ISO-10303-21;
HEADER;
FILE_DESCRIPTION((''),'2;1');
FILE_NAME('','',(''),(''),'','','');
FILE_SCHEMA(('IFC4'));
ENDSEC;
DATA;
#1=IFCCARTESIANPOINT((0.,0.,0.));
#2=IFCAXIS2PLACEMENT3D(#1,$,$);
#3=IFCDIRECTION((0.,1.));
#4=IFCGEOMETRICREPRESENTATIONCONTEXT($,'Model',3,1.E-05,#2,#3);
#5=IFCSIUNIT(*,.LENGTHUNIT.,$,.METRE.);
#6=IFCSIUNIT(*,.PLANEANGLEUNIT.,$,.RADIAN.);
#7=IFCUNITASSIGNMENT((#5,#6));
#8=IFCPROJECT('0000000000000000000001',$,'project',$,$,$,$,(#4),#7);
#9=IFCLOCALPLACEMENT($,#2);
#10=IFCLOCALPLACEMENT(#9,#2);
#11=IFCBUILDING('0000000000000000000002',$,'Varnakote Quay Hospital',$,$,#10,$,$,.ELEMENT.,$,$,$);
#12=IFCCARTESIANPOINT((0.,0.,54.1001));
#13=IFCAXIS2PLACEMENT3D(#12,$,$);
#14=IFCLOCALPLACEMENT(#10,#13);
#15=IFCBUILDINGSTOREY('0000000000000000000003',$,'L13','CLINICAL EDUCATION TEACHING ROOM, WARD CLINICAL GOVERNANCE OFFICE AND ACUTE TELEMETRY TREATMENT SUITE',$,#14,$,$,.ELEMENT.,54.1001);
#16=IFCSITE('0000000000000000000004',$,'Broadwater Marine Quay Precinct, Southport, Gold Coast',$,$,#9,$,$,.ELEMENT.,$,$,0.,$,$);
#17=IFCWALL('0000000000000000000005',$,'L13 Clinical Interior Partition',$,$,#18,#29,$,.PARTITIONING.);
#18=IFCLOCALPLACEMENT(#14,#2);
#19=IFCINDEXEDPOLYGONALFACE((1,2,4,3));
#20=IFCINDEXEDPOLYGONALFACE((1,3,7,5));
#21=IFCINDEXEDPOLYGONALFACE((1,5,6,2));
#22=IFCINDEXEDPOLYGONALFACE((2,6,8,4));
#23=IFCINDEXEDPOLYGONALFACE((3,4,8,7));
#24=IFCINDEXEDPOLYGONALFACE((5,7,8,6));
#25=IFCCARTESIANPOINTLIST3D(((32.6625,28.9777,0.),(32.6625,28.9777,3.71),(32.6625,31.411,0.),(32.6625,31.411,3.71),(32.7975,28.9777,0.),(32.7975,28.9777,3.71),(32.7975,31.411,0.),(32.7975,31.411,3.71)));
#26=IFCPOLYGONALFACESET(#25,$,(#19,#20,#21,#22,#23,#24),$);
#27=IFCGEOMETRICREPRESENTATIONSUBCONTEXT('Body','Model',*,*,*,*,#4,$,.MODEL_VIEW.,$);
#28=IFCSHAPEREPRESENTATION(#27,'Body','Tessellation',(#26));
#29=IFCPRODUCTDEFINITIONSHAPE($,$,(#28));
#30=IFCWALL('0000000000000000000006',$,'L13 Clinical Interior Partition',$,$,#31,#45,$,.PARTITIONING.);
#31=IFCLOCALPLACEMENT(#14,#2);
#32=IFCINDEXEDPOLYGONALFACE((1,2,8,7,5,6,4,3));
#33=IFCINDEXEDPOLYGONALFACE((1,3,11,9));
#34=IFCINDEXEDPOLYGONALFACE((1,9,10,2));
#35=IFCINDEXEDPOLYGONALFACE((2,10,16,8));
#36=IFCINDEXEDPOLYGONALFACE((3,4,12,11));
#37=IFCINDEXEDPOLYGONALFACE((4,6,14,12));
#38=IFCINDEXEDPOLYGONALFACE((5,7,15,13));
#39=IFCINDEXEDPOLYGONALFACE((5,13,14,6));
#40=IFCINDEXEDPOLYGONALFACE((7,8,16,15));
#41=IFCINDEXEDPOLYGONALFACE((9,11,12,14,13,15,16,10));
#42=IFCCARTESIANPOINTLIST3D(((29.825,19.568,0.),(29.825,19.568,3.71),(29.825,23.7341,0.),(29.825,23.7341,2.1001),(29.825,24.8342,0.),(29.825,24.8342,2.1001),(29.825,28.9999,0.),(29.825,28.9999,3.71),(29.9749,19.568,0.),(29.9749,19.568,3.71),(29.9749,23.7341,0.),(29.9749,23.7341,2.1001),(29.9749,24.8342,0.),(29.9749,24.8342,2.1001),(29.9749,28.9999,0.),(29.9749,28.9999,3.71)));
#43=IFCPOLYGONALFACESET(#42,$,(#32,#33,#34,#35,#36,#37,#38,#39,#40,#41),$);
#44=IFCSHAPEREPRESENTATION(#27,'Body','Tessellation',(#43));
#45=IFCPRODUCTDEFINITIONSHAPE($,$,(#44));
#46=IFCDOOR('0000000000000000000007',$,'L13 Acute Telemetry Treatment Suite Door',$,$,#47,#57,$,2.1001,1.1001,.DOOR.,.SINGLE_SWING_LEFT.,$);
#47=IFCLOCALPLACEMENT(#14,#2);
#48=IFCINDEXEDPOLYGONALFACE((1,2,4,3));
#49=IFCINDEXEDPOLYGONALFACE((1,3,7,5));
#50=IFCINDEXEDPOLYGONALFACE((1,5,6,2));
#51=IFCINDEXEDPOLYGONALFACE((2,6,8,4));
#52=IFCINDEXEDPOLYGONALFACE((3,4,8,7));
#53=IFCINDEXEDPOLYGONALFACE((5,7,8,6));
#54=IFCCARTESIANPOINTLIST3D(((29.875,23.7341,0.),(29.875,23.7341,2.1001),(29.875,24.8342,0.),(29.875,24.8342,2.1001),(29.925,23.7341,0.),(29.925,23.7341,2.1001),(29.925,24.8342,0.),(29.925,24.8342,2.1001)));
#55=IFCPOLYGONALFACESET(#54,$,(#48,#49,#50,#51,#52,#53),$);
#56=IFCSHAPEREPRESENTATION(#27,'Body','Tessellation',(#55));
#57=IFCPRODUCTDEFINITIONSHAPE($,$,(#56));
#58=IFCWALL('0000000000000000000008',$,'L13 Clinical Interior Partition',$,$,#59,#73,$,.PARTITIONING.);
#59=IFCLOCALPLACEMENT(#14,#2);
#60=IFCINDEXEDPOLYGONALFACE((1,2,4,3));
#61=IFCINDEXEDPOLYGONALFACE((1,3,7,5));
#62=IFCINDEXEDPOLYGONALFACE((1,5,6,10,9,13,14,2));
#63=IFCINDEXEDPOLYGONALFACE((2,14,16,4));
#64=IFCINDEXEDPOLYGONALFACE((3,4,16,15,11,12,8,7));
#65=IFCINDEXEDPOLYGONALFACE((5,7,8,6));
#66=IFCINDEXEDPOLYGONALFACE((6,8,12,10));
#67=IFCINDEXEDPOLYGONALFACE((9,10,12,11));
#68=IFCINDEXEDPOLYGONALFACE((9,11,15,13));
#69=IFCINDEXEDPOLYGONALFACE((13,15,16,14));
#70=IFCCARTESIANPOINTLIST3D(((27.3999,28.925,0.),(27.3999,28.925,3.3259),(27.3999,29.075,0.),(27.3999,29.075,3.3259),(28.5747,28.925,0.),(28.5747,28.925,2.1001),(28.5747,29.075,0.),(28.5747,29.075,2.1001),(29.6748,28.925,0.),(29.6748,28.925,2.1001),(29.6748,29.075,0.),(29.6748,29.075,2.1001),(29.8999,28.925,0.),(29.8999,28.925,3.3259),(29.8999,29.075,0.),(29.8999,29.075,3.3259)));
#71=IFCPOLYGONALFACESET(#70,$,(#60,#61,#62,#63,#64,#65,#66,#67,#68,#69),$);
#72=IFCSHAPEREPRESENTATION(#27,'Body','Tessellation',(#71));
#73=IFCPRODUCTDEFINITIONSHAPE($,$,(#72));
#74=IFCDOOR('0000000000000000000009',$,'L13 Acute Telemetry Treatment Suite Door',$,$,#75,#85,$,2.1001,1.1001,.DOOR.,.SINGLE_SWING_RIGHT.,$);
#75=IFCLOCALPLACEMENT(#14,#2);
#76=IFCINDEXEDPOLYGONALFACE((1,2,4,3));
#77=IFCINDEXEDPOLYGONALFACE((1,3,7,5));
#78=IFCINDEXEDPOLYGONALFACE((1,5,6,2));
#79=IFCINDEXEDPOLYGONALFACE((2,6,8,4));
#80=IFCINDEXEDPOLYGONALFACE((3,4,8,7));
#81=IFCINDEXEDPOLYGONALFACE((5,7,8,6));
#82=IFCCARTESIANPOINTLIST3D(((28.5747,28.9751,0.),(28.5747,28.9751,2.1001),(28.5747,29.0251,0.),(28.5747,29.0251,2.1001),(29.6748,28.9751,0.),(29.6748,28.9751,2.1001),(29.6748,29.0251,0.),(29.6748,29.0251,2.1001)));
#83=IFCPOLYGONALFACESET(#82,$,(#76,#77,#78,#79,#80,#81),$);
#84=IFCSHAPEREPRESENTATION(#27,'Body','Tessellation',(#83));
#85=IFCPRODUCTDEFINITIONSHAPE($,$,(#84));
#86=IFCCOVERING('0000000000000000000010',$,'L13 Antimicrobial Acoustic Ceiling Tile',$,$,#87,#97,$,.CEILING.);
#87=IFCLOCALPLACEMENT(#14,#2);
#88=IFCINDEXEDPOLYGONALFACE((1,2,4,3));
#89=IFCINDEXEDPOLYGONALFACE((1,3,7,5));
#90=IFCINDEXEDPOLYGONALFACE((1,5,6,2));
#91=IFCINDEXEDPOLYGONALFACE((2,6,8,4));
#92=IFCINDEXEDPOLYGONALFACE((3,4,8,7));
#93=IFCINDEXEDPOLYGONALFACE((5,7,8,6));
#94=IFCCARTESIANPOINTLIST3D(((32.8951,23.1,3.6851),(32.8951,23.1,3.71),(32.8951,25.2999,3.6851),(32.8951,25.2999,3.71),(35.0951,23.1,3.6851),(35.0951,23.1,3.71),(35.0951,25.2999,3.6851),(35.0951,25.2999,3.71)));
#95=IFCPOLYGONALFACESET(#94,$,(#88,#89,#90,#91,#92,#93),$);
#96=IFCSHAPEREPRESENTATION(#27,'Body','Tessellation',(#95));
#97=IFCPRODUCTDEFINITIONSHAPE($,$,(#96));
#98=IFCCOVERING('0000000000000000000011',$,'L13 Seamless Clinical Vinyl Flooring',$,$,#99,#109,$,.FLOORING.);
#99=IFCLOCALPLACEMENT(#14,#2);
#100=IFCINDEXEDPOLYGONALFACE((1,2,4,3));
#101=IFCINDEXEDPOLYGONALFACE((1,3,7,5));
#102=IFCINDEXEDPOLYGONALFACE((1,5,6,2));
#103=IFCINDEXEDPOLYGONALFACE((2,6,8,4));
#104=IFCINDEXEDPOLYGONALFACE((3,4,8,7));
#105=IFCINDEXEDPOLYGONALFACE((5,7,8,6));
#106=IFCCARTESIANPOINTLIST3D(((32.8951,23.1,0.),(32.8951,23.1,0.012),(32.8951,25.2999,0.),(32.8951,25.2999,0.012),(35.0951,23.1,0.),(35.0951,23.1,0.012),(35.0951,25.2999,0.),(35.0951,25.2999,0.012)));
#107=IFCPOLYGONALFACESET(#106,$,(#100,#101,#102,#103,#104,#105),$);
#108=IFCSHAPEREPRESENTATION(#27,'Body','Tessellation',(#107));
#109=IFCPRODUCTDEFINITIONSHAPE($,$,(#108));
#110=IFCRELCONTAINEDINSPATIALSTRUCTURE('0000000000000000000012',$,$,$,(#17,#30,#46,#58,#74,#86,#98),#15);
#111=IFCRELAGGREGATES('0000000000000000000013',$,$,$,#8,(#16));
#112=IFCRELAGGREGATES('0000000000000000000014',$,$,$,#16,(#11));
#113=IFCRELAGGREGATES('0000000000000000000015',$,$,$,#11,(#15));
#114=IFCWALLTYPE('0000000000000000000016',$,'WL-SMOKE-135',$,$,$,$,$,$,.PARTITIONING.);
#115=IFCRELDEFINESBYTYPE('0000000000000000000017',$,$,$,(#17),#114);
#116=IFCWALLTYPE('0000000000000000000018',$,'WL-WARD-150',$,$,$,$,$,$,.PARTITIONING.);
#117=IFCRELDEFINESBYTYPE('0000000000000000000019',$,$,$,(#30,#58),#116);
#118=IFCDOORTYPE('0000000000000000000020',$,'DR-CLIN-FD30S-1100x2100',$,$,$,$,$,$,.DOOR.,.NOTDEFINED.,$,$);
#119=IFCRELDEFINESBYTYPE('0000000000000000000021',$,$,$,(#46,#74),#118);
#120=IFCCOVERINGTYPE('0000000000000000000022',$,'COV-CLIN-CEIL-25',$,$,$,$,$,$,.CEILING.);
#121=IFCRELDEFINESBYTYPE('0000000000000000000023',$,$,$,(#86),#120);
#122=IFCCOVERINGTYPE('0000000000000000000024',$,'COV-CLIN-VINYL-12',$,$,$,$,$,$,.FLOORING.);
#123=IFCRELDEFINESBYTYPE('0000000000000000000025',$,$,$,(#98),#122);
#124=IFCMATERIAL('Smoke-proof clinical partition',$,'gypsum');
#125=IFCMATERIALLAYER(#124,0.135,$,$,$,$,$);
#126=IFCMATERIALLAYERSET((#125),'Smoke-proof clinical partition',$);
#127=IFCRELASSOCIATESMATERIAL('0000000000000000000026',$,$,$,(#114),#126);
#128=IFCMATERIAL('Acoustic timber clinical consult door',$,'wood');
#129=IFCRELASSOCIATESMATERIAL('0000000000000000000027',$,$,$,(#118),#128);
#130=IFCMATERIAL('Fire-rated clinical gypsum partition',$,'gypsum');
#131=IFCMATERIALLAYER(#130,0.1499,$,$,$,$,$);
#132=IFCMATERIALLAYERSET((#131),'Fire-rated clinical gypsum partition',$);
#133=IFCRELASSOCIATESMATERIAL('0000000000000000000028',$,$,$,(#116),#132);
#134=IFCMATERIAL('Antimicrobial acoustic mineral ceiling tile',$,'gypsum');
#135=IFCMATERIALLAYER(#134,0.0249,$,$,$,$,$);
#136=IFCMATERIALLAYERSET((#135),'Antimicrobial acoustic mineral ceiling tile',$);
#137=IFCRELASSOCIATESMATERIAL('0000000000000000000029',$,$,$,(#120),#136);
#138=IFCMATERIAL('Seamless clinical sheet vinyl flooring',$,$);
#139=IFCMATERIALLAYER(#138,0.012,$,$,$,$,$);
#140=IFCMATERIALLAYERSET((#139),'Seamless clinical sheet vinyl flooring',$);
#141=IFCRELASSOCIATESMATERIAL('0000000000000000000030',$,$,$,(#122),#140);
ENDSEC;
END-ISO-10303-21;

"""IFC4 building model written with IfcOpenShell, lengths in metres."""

from ifc_helpers import new_model, si_unit, direction, frame, frame_2d, origin, origin_2d, place, context, subcontext, project, spatial, rectangle, extrude, material, layer, layer_set, type_object, element, fill, save


model = new_model("IFC4")

# Units and contexts
model_context = context("Model", 3, precision=1e-05, world=origin(), true_north=direction((0.0, 1.0)))
body_context = subcontext(model_context, "Body", "Model", "MODEL_VIEW")
ifc_project = project(units=[si_unit("LENGTHUNIT", "METRE"), si_unit("PLANEANGLEUNIT", "RADIAN")], contexts=[model_context])

# Site, building, storey
site_placement = place(None, origin())
site = spatial("IfcSite", under=ifc_project, at=site_placement, Name="Broadwater Marine Quay Precinct, Southport, Gold Coast", CompositionType="ELEMENT", RefElevation=0.0)
building_placement = place(site_placement, origin())
building = spatial("IfcBuilding", under=site, at=building_placement, Name="Varnakote Quay Hospital", CompositionType="ELEMENT")
storey_placement = place(building_placement, frame((0.0, 0.0, 54.1001)))
storey = spatial("IfcBuildingStorey", under=building, at=storey_placement, Name="L13", Description="CLINICAL EDUCATION TEACHING ROOM, WARD CLINICAL GOVERNANCE OFFICE AND ACUTE TELEMETRY TREATMENT SUITE", CompositionType="ELEMENT", Elevation=54.1001)

# Shared definitions
ifc_material_1 = material(Name="Smoke-proof clinical partition", Category="gypsum")
ifc_layer_1 = layer(ifc_material_1, 0.135)
ifc_layer_set_1 = layer_set([ifc_layer_1], Name="Smoke-proof clinical partition")
wall_type_1 = type_object("IfcWallType", Name="WL-SMOKE-135", PredefinedType="PARTITIONING", material=ifc_layer_set_1)
ifc_material_2 = material(Name="Acoustic timber clinical consult door", Category="wood")
door_type = type_object("IfcDoorType", Name="DR-CLIN-FD30S-1100x2100", OperationType="NOTDEFINED", PredefinedType="DOOR", material=ifc_material_2)

# Wall
wall_1_placement = place(storey_placement, frame((32.73, 28.9775, 0.0), z_axis=(0.0, 0.0, 1.0), x_axis=(0.0, 1.0, 0.0)))
element("IfcWall", 1, at=wall_1_placement, inside=storey, type_object=wall_type_1, Name="L13 Clinical Interior Partition", PredefinedType="PARTITIONING", context=body_context, shape_type="SweptSolid", body=[
    extrude(rectangle(XDim=2.4333, YDim=0.135, at=frame_2d((1.2168, 0.0))), origin(), (0.0, 0.0, 1.0), 3.71),
])

# Walls, openings, doors
ifc_material_3 = material(Name="Fire-rated clinical gypsum partition", Category="gypsum")
ifc_layer_2 = layer(ifc_material_3, 0.1499)
ifc_layer_set_2 = layer_set([ifc_layer_2], Name="Fire-rated clinical gypsum partition")
wall_type_2 = type_object("IfcWallType", Name="WL-WARD-150", PredefinedType="PARTITIONING", material=ifc_layer_set_2)
wall_2_placement = place(storey_placement, frame((29.8999, 19.5681, 0.0), z_axis=(0.0, 0.0, 1.0), x_axis=(0.0, 1.0, 0.0)))
wall_2 = element("IfcWall", 2, at=wall_2_placement, inside=storey, type_object=wall_type_2, Name="L13 Clinical Interior Partition", PredefinedType="PARTITIONING", context=body_context, shape_type="SweptSolid", body=[
    extrude(rectangle(XDim=9.4319, YDim=0.1499, at=frame_2d((4.7158, 0.0))), origin(), (0.0, 0.0, 1.0), 3.71),
])
opening_1_placement = place(wall_2_placement, frame((4.166, 0.0, 0.0)))
opening_1 = element("IfcOpeningElement", 3, at=opening_1_placement, cuts=wall_2, PredefinedType="OPENING", context=body_context, shape_type="SweptSolid", body=[
    extrude(rectangle(XDim=1.1001, YDim=2.1001, at=frame_2d((0.55, 1.05))), frame((0.0, 0.085, 0.0), z_axis=(0.0, -1.0, 0.0), x_axis=(1.0, 0.0, 0.0)), (0.0, 0.0, 1.0), 0.1699),
])
door_1_placement = place(opening_1_placement, origin())
door_1 = element("IfcDoor", 4, at=door_1_placement, inside=storey, type_object=door_type, Name="L13 Acute Telemetry Treatment Suite Door", OperationType="SINGLE_SWING_LEFT", OverallHeight=2.1001, OverallWidth=1.1001, PredefinedType="DOOR", context=body_context, shape_type="SweptSolid", body=[
    extrude(rectangle(XDim=1.1001, YDim=2.1001, at=frame_2d((0.55, 1.05))), frame((0.0, 0.0249, 0.0), z_axis=(0.0, -1.0, 0.0), x_axis=(1.0, 0.0, 0.0)), (0.0, 0.0, 1.0), 0.05),
])
fill(opening_1, door_1)
wall_3_placement = place(storey_placement, frame((29.8999, 29.0, 0.0), z_axis=(0.0, 0.0, 1.0), x_axis=(-1.0, 0.0, 0.0)))
wall_3 = element("IfcWall", 5, at=wall_3_placement, inside=storey, type_object=wall_type_2, Name="L13 Clinical Interior Partition", PredefinedType="PARTITIONING", context=body_context, shape_type="SweptSolid", body=[
    extrude(rectangle(XDim=2.5, YDim=0.1499, at=frame_2d((1.25, 0.0))), origin(), (0.0, 0.0, 1.0), 3.3259),
])
opening_2_placement = place(wall_3_placement, frame((0.2251, 0.0, 0.0)))
opening_2 = element("IfcOpeningElement", 6, at=opening_2_placement, cuts=wall_3, PredefinedType="OPENING", context=body_context, shape_type="SweptSolid", body=[
    extrude(rectangle(XDim=1.1001, YDim=2.1001, at=frame_2d((0.55, 1.05))), frame((0.0, 0.085, 0.0), z_axis=(0.0, -1.0, 0.0), x_axis=(1.0, 0.0, 0.0)), (0.0, 0.0, 1.0), 0.1699),
])
door_2_placement = place(opening_2_placement, origin())
door_2 = element("IfcDoor", 7, at=door_2_placement, inside=storey, type_object=door_type, Name="L13 Acute Telemetry Treatment Suite Door", OperationType="SINGLE_SWING_RIGHT", OverallHeight=2.1001, OverallWidth=1.1001, PredefinedType="DOOR", context=body_context, shape_type="SweptSolid", body=[
    extrude(rectangle(XDim=1.1001, YDim=2.1001, at=frame_2d((0.55, 1.05))), frame((0.0, 0.0249, 0.0), z_axis=(0.0, -1.0, 0.0), x_axis=(1.0, 0.0, 0.0)), (0.0, 0.0, 1.0), 0.05),
])
fill(opening_2, door_2)

# Coverings
ifc_material_4 = material(Name="Antimicrobial acoustic mineral ceiling tile", Category="gypsum")
ifc_layer_3 = layer(ifc_material_4, 0.0249)
ifc_layer_set_3 = layer_set([ifc_layer_3], Name="Antimicrobial acoustic mineral ceiling tile")
covering_type_1 = type_object("IfcCoveringType", Name="COV-CLIN-CEIL-25", PredefinedType="CEILING", material=ifc_layer_set_3)
covering_1_placement = place(storey_placement, frame((33.9951, 24.2, 3.6851), z_axis=(0.0, 0.0, 1.0), x_axis=(1.0, 0.0, 0.0)))
element("IfcCovering", 8, at=covering_1_placement, inside=storey, type_object=covering_type_1, Name="L13 Antimicrobial Acoustic Ceiling Tile", PredefinedType="CEILING", context=body_context, shape_type="SweptSolid", body=[
    extrude(rectangle(XDim=2.2, YDim=2.2, at=origin_2d()), origin(), (0.0, 0.0, 1.0), 0.0249),
])
ifc_material_5 = material(Name="Seamless clinical sheet vinyl flooring")
ifc_layer_4 = layer(ifc_material_5, 0.012)
ifc_layer_set_4 = layer_set([ifc_layer_4], Name="Seamless clinical sheet vinyl flooring")
covering_type_2 = type_object("IfcCoveringType", Name="COV-CLIN-VINYL-12", PredefinedType="FLOORING", material=ifc_layer_set_4)
covering_2_placement = place(storey_placement, frame((33.9951, 24.2, 0.0), z_axis=(0.0, 0.0, 1.0), x_axis=(1.0, 0.0, 0.0)))
element("IfcCovering", 9, at=covering_2_placement, inside=storey, type_object=covering_type_2, Name="L13 Seamless Clinical Vinyl Flooring", PredefinedType="FLOORING", context=body_context, shape_type="SweptSolid", body=[
    extrude(rectangle(XDim=2.2, YDim=2.2, at=origin_2d()), origin(), (0.0, 0.0, 1.0), 0.012),
])

save(model, "model.ifc")
